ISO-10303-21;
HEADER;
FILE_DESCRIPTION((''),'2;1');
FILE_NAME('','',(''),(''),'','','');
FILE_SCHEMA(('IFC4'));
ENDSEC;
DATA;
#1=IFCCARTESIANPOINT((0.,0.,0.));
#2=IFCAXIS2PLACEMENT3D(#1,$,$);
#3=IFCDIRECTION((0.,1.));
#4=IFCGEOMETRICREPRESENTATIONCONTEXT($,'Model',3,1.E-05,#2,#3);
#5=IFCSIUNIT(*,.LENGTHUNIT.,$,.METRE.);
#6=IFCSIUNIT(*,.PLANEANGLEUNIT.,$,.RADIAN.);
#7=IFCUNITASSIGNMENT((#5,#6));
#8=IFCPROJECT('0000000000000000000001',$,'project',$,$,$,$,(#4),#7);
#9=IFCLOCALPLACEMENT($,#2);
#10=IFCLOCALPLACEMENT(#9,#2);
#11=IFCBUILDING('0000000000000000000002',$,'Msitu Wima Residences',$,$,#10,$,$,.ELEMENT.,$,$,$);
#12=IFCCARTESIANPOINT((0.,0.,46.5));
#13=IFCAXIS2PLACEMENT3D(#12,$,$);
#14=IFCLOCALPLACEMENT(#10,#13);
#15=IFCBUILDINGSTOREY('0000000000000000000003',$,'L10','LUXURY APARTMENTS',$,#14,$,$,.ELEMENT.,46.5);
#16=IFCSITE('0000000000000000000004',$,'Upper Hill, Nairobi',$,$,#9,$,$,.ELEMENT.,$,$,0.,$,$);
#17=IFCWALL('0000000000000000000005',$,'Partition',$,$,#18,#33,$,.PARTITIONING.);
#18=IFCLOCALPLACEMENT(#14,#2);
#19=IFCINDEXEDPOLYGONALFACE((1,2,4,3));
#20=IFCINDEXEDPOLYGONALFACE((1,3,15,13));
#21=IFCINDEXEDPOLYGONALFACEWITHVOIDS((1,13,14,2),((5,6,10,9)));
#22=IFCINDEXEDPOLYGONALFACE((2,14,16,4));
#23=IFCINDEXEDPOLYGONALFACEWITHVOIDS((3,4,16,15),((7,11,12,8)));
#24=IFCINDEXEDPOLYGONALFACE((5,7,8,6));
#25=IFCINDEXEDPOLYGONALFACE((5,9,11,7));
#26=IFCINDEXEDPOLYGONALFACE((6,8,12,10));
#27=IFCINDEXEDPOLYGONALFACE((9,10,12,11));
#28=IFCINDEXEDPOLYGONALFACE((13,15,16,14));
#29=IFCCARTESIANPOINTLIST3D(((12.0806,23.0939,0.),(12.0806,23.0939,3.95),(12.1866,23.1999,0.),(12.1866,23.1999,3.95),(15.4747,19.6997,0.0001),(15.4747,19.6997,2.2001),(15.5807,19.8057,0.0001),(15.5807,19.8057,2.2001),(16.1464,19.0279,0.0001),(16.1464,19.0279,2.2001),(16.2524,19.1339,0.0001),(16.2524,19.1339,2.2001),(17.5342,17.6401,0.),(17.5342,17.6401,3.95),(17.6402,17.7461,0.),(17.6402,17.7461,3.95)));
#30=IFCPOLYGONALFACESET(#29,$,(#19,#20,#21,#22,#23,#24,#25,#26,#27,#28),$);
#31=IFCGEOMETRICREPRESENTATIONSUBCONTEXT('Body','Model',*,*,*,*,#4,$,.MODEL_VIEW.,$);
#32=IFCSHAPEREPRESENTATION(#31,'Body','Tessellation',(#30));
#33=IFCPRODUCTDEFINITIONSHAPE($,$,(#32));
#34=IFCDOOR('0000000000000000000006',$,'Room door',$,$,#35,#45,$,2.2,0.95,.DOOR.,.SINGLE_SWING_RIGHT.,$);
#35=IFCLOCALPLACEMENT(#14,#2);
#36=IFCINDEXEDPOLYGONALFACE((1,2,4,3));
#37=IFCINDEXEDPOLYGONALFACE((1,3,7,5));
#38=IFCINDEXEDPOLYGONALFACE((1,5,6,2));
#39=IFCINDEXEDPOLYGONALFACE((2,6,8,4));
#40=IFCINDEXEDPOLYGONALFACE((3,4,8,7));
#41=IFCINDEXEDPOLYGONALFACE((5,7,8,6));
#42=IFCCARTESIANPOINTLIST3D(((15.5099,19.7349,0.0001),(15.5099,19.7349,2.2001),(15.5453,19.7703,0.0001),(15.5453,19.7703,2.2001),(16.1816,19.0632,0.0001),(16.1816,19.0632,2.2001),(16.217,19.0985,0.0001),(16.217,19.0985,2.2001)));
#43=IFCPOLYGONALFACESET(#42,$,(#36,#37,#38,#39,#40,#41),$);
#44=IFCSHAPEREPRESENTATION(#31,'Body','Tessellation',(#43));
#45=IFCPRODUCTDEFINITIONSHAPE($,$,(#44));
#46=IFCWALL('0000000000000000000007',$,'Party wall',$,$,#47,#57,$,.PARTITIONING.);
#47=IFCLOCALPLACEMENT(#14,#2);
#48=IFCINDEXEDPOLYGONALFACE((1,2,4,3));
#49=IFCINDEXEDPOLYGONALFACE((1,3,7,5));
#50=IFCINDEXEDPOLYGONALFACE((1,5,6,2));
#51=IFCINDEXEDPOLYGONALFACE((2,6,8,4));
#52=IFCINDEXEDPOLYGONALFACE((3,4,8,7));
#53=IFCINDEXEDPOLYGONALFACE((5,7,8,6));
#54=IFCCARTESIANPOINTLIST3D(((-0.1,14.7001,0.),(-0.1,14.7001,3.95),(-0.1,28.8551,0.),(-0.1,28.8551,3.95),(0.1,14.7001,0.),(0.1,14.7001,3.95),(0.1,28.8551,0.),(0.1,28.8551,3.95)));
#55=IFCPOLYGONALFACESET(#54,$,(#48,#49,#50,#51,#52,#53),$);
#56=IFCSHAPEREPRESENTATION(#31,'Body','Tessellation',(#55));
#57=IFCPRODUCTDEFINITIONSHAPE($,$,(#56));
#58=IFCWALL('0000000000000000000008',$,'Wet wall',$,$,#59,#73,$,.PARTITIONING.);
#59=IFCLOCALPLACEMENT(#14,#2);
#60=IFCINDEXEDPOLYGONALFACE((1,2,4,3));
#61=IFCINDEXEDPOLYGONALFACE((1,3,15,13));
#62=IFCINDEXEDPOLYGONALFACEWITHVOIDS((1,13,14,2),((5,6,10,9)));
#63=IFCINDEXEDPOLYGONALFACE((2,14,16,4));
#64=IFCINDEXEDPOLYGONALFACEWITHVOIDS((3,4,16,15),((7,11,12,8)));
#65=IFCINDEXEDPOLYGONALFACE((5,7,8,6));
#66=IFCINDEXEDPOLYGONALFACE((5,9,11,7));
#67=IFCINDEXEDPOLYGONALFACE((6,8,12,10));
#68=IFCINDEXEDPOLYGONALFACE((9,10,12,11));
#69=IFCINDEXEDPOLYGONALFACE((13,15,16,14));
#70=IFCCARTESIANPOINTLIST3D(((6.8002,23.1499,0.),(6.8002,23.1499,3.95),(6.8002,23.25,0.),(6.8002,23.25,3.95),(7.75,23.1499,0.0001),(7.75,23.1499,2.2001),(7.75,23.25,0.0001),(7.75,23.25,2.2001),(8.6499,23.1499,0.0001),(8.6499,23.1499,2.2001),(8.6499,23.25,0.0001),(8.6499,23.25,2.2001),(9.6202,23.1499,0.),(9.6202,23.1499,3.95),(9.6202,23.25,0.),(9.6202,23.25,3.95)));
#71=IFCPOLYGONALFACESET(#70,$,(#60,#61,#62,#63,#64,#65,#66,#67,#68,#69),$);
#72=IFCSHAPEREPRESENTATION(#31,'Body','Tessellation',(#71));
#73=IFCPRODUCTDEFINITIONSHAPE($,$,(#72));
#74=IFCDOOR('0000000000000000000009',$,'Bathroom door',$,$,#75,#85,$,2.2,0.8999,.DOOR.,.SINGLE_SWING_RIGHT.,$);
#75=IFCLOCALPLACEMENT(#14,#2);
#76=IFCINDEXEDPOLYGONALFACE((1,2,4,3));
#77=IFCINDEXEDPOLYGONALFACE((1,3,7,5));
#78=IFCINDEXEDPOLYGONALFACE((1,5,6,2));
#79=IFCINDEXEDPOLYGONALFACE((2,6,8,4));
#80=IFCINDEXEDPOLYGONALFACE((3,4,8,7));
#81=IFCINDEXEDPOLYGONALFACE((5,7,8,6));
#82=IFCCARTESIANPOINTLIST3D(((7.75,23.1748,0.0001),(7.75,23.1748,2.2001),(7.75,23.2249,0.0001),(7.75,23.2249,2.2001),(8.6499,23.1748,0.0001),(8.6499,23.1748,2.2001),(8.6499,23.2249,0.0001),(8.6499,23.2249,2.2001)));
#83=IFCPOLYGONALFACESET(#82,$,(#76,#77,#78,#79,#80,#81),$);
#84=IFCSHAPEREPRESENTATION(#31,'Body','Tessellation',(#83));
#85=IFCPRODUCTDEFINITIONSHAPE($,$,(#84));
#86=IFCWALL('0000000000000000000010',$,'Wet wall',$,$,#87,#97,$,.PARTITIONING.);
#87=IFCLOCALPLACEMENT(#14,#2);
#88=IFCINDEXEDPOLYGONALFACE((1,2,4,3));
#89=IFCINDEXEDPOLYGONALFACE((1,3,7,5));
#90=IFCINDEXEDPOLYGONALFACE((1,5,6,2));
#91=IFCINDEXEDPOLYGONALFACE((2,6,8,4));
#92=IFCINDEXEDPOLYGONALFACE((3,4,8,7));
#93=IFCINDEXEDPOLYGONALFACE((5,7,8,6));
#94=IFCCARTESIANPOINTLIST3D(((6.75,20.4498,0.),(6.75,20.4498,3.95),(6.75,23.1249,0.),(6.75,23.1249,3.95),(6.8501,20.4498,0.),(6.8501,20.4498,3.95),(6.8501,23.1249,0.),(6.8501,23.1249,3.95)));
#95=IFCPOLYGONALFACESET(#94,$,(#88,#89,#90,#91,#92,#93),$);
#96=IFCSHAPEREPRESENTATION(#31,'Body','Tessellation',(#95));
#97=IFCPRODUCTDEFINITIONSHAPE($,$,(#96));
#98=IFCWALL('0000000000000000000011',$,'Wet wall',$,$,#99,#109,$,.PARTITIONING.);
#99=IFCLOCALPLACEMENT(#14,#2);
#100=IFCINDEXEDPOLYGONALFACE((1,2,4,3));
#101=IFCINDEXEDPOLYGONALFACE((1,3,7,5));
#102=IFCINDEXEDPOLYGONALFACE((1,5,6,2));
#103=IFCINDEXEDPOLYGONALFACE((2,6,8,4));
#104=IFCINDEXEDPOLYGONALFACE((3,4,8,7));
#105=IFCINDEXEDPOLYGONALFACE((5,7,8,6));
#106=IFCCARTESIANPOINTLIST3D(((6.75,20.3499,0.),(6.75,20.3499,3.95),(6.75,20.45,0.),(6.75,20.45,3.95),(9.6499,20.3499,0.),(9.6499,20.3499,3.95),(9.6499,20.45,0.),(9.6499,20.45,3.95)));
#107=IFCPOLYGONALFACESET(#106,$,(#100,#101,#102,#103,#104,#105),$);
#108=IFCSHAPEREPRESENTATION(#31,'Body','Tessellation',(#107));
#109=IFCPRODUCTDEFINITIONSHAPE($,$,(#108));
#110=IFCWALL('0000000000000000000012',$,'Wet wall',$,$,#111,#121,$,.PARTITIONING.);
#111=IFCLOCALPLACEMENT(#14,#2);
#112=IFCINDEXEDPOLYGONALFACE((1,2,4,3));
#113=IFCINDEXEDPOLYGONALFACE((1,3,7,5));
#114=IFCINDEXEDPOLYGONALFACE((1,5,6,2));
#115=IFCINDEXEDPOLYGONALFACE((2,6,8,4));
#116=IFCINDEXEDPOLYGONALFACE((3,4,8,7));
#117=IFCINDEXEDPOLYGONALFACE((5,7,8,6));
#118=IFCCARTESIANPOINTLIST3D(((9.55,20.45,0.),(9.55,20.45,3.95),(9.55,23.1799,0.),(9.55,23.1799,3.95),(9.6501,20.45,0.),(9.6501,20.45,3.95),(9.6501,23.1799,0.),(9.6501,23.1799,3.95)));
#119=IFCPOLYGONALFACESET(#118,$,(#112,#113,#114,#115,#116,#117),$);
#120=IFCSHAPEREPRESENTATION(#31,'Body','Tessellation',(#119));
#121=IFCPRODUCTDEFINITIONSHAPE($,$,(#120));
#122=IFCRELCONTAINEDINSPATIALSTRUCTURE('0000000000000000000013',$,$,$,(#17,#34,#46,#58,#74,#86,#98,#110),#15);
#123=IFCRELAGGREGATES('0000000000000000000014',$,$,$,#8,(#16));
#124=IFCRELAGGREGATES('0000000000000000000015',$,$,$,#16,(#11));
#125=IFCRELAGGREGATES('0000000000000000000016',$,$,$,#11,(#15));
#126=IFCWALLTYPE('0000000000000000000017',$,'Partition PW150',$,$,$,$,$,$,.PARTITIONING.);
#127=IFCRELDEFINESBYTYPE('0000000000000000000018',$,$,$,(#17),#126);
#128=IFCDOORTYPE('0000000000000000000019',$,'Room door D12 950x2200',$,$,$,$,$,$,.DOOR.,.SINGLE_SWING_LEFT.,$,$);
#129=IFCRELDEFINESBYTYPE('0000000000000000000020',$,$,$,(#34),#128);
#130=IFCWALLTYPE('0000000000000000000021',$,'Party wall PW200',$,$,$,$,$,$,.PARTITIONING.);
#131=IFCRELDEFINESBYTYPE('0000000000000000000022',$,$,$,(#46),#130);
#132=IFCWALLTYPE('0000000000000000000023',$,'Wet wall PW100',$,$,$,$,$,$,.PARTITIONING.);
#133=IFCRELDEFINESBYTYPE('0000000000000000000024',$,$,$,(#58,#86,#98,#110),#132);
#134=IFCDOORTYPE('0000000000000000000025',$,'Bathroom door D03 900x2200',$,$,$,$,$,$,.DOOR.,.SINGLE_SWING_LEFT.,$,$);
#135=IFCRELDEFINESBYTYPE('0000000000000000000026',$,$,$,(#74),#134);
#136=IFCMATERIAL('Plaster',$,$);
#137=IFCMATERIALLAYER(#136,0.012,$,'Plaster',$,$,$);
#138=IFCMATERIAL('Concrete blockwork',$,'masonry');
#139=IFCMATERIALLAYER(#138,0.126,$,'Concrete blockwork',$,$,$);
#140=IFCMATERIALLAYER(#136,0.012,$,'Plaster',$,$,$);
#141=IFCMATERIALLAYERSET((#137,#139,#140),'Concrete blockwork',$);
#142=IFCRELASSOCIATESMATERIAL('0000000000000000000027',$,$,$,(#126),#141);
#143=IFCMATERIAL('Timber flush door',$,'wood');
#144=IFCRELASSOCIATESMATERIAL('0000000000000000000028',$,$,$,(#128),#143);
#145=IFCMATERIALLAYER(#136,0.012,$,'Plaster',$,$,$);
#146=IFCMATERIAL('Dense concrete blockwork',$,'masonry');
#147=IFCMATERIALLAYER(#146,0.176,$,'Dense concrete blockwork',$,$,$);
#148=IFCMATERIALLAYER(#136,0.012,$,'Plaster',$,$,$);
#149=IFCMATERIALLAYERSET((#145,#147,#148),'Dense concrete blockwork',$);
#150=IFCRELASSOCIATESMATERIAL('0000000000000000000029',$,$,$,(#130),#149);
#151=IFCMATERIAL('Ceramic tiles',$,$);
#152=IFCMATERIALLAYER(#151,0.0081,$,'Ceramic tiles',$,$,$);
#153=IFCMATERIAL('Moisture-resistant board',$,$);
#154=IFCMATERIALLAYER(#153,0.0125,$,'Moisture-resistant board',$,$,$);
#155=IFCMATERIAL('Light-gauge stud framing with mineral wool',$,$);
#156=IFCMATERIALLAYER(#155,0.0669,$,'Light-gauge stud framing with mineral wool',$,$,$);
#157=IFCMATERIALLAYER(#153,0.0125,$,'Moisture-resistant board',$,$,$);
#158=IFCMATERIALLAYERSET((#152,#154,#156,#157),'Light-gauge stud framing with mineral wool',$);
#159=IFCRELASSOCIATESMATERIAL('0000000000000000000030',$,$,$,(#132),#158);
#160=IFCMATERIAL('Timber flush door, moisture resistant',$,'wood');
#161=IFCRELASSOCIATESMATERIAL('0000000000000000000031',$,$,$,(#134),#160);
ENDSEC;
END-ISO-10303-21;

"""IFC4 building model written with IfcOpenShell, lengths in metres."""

from ifc_helpers import new_model, si_unit, direction, frame, frame_2d, origin, place, context, subcontext, project, spatial, rectangle, extrude, material, layer, layer_set, type_object, element, fill, save


model = new_model("IFC4")

# Units and contexts
model_context = context("Model", 3, precision=1e-05, world=origin(), true_north=direction((0.0, 1.0)))
body_context = subcontext(model_context, "Body", "Model", "MODEL_VIEW")
ifc_project = project(units=[si_unit("LENGTHUNIT", "METRE"), si_unit("PLANEANGLEUNIT", "RADIAN")], contexts=[model_context])

# Site, building, storey
site_placement = place(None, origin())
site = spatial("IfcSite", under=ifc_project, at=site_placement, Name="Upper Hill, Nairobi", CompositionType="ELEMENT", RefElevation=0.0)
building_placement = place(site_placement, origin())
building = spatial("IfcBuilding", under=site, at=building_placement, Name="Msitu Wima Residences", CompositionType="ELEMENT")
storey_placement = place(building_placement, frame((0.0, 0.0, 46.5)))
storey = spatial("IfcBuildingStorey", under=building, at=storey_placement, Name="L10", Description="LUXURY APARTMENTS", CompositionType="ELEMENT", Elevation=46.5)

# Shared definitions
ifc_material_1 = material(Name="Plaster")
ifc_layer_1 = layer(ifc_material_1, 0.012, Name="Plaster")
ifc_material_2 = material(Name="Concrete blockwork", Category="masonry")
ifc_layer_2 = layer(ifc_material_2, 0.126, Name="Concrete blockwork")
ifc_layer_3 = layer(ifc_material_1, 0.012, Name="Plaster")
ifc_layer_set_1 = layer_set([ifc_layer_1, ifc_layer_2, ifc_layer_3], Name="Concrete blockwork")
wall_type_1 = type_object("IfcWallType", Name="Partition PW150", PredefinedType="PARTITIONING", material=ifc_layer_set_1)
ifc_material_3 = material(Name="Timber flush door", Category="wood")
door_type_1 = type_object("IfcDoorType", Name="Room door D12 950x2200", OperationType="SINGLE_SWING_LEFT", PredefinedType="DOOR", material=ifc_material_3)

# Wall, opening, door
wall_1_placement = place(storey_placement, frame((12.1335, 23.147, 0.0), z_axis=(0.0, 0.0, 1.0), x_axis=(0.707091, -0.707123, 0.0)))
wall_1 = element("IfcWall", 1, at=wall_1_placement, inside=storey, type_object=wall_type_1, Name="Partition", PredefinedType="PARTITIONING", context=body_context, shape_type="SweptSolid", body=[
    extrude(rectangle(XDim=7.7126, YDim=0.1499, at=frame_2d((3.8564, 0.0))), origin(), (0.0, 0.0, 1.0), 3.95),
])
opening_1_placement = place(wall_1_placement, frame((4.8, 0.0, 0.0)))
opening_1 = element("IfcOpeningElement", 2, at=opening_1_placement, cuts=wall_1, PredefinedType="OPENING", context=body_context, shape_type="SweptSolid", body=[
    extrude(rectangle(XDim=0.95, YDim=2.2, at=frame_2d((0.4751, 1.1001))), frame((0.0, 0.085, 0.0), z_axis=(0.0, -1.0, 0.0), x_axis=(1.0, 0.0, 0.0)), (0.0, 0.0, 1.0), 0.1699),
])
door_1_placement = place(opening_1_placement, origin())
door_1 = element("IfcDoor", 3, at=door_1_placement, inside=storey, type_object=door_type_1, Name="Room door", OperationType="SINGLE_SWING_RIGHT", OverallHeight=2.2, OverallWidth=0.95, PredefinedType="DOOR", context=body_context, shape_type="SweptSolid", body=[
    extrude(rectangle(XDim=0.95, YDim=2.2, at=frame_2d((0.4751, 1.1001))), frame((0.0, 0.0249, 0.0), z_axis=(0.0, -1.0, 0.0), x_axis=(1.0, 0.0, 0.0)), (0.0, 0.0, 1.0), 0.05),
])
fill(opening_1, door_1)

# Wall
ifc_layer_4 = layer(ifc_material_1, 0.012, Name="Plaster")
ifc_material_4 = material(Name="Dense concrete blockwork", Category="masonry")
ifc_layer_5 = layer(ifc_material_4, 0.176, Name="Dense concrete blockwork")
ifc_layer_6 = layer(ifc_material_1, 0.012, Name="Plaster")
ifc_layer_set_2 = layer_set([ifc_layer_4, ifc_layer_5, ifc_layer_6], Name="Dense concrete blockwork")
wall_type_2 = type_object("IfcWallType", Name="Party wall PW200", PredefinedType="PARTITIONING", material=ifc_layer_set_2)
wall_2_placement = place(storey_placement, frame((0.0, 14.7, 0.0), z_axis=(0.0, 0.0, 1.0), x_axis=(0.0, 1.0, 0.0)))
element("IfcWall", 4, at=wall_2_placement, inside=storey, type_object=wall_type_2, Name="Party wall", PredefinedType="PARTITIONING", context=body_context, shape_type="SweptSolid", body=[
    extrude(rectangle(XDim=14.155, YDim=0.2, at=frame_2d((7.0776, 0.0))), origin(), (0.0, 0.0, 1.0), 3.95),
])

# Wall, opening, door
ifc_material_5 = material(Name="Ceramic tiles")
ifc_layer_7 = layer(ifc_material_5, 0.0081, Name="Ceramic tiles")
ifc_material_6 = material(Name="Moisture-resistant board")
ifc_layer_8 = layer(ifc_material_6, 0.0125, Name="Moisture-resistant board")
ifc_material_7 = material(Name="Light-gauge stud framing with mineral wool")
ifc_layer_9 = layer(ifc_material_7, 0.0669, Name="Light-gauge stud framing with mineral wool")
ifc_layer_10 = layer(ifc_material_6, 0.0125, Name="Moisture-resistant board")
ifc_layer_set_3 = layer_set([ifc_layer_7, ifc_layer_8, ifc_layer_9, ifc_layer_10], Name="Light-gauge stud framing with mineral wool")
wall_type_3 = type_object("IfcWallType", Name="Wet wall PW100", PredefinedType="PARTITIONING", material=ifc_layer_set_3)
wall_3_placement = place(storey_placement, frame((6.8, 23.2, 0.0), z_axis=(0.0, 0.0, 1.0), x_axis=(1.0, 0.0, 0.0)))
wall_3 = element("IfcWall", 5, at=wall_3_placement, inside=storey, type_object=wall_type_3, Name="Wet wall", PredefinedType="PARTITIONING", context=body_context, shape_type="SweptSolid", body=[
    extrude(rectangle(XDim=2.8201, YDim=0.1001, at=frame_2d((1.4102, 0.0))), origin(), (0.0, 0.0, 1.0), 3.95),
])
opening_2_placement = place(wall_3_placement, frame((0.95, 0.0, 0.0)))
opening_2 = element("IfcOpeningElement", 6, at=opening_2_placement, cuts=wall_3, PredefinedType="OPENING", context=body_context, shape_type="SweptSolid", body=[
    extrude(rectangle(XDim=0.8999, YDim=2.2, at=frame_2d((0.45, 1.1001))), frame((0.0, 0.0601, 0.0), z_axis=(0.0, -1.0, 0.0), x_axis=(1.0, 0.0, 0.0)), (0.0, 0.0, 1.0), 0.1201),
])
ifc_material_8 = material(Name="Timber flush door, moisture resistant", Category="wood")
door_type_2 = type_object("IfcDoorType", Name="Bathroom door D03 900x2200", OperationType="SINGLE_SWING_LEFT", PredefinedType="DOOR", material=ifc_material_8)
door_2_placement = place(opening_2_placement, origin())
door_2 = element("IfcDoor", 7, at=door_2_placement, inside=storey, type_object=door_type_2, Name="Bathroom door", OperationType="SINGLE_SWING_RIGHT", OverallHeight=2.2, OverallWidth=0.8999, PredefinedType="DOOR", context=body_context, shape_type="SweptSolid", body=[
    extrude(rectangle(XDim=0.8999, YDim=2.2, at=frame_2d((0.45, 1.1001))), frame((0.0, 0.0249, 0.0), z_axis=(0.0, -1.0, 0.0), x_axis=(1.0, 0.0, 0.0)), (0.0, 0.0, 1.0), 0.05),
])
fill(opening_2, door_2)

# Walls
wall_4_placement = place(storey_placement, frame((6.8, 20.45, 0.0), z_axis=(0.0, 0.0, 1.0), x_axis=(0.0, 1.0, 0.0)))
element("IfcWall", 8, at=wall_4_placement, inside=storey, type_object=wall_type_3, Name="Wet wall", PredefinedType="PARTITIONING", context=body_context, shape_type="SweptSolid", body=[
    extrude(rectangle(XDim=2.675, YDim=0.1001, at=frame_2d((1.3374, 0.0))), origin(), (0.0, 0.0, 1.0), 3.95),
])
wall_5_placement = place(storey_placement, frame((6.75, 20.3999, 0.0), z_axis=(0.0, 0.0, 1.0), x_axis=(1.0, 0.0, 0.0)))
element("IfcWall", 9, at=wall_5_placement, inside=storey, type_object=wall_type_3, Name="Wet wall", PredefinedType="PARTITIONING", context=body_context, shape_type="SweptSolid", body=[
    extrude(rectangle(XDim=2.8999, YDim=0.1001, at=frame_2d((1.45, 0.0))), origin(), (0.0, 0.0, 1.0), 3.95),
])
wall_6_placement = place(storey_placement, frame((9.6001, 20.45, 0.0), z_axis=(0.0, 0.0, 1.0), x_axis=(0.0, 1.0, 0.0)))
element("IfcWall", 10, at=wall_6_placement, inside=storey, type_object=wall_type_3, Name="Wet wall", PredefinedType="PARTITIONING", context=body_context, shape_type="SweptSolid", body=[
    extrude(rectangle(XDim=2.73, YDim=0.1001, at=frame_2d((1.365, 0.0))), origin(), (0.0, 0.0, 1.0), 3.95),
])

save(model, "model.ifc")
